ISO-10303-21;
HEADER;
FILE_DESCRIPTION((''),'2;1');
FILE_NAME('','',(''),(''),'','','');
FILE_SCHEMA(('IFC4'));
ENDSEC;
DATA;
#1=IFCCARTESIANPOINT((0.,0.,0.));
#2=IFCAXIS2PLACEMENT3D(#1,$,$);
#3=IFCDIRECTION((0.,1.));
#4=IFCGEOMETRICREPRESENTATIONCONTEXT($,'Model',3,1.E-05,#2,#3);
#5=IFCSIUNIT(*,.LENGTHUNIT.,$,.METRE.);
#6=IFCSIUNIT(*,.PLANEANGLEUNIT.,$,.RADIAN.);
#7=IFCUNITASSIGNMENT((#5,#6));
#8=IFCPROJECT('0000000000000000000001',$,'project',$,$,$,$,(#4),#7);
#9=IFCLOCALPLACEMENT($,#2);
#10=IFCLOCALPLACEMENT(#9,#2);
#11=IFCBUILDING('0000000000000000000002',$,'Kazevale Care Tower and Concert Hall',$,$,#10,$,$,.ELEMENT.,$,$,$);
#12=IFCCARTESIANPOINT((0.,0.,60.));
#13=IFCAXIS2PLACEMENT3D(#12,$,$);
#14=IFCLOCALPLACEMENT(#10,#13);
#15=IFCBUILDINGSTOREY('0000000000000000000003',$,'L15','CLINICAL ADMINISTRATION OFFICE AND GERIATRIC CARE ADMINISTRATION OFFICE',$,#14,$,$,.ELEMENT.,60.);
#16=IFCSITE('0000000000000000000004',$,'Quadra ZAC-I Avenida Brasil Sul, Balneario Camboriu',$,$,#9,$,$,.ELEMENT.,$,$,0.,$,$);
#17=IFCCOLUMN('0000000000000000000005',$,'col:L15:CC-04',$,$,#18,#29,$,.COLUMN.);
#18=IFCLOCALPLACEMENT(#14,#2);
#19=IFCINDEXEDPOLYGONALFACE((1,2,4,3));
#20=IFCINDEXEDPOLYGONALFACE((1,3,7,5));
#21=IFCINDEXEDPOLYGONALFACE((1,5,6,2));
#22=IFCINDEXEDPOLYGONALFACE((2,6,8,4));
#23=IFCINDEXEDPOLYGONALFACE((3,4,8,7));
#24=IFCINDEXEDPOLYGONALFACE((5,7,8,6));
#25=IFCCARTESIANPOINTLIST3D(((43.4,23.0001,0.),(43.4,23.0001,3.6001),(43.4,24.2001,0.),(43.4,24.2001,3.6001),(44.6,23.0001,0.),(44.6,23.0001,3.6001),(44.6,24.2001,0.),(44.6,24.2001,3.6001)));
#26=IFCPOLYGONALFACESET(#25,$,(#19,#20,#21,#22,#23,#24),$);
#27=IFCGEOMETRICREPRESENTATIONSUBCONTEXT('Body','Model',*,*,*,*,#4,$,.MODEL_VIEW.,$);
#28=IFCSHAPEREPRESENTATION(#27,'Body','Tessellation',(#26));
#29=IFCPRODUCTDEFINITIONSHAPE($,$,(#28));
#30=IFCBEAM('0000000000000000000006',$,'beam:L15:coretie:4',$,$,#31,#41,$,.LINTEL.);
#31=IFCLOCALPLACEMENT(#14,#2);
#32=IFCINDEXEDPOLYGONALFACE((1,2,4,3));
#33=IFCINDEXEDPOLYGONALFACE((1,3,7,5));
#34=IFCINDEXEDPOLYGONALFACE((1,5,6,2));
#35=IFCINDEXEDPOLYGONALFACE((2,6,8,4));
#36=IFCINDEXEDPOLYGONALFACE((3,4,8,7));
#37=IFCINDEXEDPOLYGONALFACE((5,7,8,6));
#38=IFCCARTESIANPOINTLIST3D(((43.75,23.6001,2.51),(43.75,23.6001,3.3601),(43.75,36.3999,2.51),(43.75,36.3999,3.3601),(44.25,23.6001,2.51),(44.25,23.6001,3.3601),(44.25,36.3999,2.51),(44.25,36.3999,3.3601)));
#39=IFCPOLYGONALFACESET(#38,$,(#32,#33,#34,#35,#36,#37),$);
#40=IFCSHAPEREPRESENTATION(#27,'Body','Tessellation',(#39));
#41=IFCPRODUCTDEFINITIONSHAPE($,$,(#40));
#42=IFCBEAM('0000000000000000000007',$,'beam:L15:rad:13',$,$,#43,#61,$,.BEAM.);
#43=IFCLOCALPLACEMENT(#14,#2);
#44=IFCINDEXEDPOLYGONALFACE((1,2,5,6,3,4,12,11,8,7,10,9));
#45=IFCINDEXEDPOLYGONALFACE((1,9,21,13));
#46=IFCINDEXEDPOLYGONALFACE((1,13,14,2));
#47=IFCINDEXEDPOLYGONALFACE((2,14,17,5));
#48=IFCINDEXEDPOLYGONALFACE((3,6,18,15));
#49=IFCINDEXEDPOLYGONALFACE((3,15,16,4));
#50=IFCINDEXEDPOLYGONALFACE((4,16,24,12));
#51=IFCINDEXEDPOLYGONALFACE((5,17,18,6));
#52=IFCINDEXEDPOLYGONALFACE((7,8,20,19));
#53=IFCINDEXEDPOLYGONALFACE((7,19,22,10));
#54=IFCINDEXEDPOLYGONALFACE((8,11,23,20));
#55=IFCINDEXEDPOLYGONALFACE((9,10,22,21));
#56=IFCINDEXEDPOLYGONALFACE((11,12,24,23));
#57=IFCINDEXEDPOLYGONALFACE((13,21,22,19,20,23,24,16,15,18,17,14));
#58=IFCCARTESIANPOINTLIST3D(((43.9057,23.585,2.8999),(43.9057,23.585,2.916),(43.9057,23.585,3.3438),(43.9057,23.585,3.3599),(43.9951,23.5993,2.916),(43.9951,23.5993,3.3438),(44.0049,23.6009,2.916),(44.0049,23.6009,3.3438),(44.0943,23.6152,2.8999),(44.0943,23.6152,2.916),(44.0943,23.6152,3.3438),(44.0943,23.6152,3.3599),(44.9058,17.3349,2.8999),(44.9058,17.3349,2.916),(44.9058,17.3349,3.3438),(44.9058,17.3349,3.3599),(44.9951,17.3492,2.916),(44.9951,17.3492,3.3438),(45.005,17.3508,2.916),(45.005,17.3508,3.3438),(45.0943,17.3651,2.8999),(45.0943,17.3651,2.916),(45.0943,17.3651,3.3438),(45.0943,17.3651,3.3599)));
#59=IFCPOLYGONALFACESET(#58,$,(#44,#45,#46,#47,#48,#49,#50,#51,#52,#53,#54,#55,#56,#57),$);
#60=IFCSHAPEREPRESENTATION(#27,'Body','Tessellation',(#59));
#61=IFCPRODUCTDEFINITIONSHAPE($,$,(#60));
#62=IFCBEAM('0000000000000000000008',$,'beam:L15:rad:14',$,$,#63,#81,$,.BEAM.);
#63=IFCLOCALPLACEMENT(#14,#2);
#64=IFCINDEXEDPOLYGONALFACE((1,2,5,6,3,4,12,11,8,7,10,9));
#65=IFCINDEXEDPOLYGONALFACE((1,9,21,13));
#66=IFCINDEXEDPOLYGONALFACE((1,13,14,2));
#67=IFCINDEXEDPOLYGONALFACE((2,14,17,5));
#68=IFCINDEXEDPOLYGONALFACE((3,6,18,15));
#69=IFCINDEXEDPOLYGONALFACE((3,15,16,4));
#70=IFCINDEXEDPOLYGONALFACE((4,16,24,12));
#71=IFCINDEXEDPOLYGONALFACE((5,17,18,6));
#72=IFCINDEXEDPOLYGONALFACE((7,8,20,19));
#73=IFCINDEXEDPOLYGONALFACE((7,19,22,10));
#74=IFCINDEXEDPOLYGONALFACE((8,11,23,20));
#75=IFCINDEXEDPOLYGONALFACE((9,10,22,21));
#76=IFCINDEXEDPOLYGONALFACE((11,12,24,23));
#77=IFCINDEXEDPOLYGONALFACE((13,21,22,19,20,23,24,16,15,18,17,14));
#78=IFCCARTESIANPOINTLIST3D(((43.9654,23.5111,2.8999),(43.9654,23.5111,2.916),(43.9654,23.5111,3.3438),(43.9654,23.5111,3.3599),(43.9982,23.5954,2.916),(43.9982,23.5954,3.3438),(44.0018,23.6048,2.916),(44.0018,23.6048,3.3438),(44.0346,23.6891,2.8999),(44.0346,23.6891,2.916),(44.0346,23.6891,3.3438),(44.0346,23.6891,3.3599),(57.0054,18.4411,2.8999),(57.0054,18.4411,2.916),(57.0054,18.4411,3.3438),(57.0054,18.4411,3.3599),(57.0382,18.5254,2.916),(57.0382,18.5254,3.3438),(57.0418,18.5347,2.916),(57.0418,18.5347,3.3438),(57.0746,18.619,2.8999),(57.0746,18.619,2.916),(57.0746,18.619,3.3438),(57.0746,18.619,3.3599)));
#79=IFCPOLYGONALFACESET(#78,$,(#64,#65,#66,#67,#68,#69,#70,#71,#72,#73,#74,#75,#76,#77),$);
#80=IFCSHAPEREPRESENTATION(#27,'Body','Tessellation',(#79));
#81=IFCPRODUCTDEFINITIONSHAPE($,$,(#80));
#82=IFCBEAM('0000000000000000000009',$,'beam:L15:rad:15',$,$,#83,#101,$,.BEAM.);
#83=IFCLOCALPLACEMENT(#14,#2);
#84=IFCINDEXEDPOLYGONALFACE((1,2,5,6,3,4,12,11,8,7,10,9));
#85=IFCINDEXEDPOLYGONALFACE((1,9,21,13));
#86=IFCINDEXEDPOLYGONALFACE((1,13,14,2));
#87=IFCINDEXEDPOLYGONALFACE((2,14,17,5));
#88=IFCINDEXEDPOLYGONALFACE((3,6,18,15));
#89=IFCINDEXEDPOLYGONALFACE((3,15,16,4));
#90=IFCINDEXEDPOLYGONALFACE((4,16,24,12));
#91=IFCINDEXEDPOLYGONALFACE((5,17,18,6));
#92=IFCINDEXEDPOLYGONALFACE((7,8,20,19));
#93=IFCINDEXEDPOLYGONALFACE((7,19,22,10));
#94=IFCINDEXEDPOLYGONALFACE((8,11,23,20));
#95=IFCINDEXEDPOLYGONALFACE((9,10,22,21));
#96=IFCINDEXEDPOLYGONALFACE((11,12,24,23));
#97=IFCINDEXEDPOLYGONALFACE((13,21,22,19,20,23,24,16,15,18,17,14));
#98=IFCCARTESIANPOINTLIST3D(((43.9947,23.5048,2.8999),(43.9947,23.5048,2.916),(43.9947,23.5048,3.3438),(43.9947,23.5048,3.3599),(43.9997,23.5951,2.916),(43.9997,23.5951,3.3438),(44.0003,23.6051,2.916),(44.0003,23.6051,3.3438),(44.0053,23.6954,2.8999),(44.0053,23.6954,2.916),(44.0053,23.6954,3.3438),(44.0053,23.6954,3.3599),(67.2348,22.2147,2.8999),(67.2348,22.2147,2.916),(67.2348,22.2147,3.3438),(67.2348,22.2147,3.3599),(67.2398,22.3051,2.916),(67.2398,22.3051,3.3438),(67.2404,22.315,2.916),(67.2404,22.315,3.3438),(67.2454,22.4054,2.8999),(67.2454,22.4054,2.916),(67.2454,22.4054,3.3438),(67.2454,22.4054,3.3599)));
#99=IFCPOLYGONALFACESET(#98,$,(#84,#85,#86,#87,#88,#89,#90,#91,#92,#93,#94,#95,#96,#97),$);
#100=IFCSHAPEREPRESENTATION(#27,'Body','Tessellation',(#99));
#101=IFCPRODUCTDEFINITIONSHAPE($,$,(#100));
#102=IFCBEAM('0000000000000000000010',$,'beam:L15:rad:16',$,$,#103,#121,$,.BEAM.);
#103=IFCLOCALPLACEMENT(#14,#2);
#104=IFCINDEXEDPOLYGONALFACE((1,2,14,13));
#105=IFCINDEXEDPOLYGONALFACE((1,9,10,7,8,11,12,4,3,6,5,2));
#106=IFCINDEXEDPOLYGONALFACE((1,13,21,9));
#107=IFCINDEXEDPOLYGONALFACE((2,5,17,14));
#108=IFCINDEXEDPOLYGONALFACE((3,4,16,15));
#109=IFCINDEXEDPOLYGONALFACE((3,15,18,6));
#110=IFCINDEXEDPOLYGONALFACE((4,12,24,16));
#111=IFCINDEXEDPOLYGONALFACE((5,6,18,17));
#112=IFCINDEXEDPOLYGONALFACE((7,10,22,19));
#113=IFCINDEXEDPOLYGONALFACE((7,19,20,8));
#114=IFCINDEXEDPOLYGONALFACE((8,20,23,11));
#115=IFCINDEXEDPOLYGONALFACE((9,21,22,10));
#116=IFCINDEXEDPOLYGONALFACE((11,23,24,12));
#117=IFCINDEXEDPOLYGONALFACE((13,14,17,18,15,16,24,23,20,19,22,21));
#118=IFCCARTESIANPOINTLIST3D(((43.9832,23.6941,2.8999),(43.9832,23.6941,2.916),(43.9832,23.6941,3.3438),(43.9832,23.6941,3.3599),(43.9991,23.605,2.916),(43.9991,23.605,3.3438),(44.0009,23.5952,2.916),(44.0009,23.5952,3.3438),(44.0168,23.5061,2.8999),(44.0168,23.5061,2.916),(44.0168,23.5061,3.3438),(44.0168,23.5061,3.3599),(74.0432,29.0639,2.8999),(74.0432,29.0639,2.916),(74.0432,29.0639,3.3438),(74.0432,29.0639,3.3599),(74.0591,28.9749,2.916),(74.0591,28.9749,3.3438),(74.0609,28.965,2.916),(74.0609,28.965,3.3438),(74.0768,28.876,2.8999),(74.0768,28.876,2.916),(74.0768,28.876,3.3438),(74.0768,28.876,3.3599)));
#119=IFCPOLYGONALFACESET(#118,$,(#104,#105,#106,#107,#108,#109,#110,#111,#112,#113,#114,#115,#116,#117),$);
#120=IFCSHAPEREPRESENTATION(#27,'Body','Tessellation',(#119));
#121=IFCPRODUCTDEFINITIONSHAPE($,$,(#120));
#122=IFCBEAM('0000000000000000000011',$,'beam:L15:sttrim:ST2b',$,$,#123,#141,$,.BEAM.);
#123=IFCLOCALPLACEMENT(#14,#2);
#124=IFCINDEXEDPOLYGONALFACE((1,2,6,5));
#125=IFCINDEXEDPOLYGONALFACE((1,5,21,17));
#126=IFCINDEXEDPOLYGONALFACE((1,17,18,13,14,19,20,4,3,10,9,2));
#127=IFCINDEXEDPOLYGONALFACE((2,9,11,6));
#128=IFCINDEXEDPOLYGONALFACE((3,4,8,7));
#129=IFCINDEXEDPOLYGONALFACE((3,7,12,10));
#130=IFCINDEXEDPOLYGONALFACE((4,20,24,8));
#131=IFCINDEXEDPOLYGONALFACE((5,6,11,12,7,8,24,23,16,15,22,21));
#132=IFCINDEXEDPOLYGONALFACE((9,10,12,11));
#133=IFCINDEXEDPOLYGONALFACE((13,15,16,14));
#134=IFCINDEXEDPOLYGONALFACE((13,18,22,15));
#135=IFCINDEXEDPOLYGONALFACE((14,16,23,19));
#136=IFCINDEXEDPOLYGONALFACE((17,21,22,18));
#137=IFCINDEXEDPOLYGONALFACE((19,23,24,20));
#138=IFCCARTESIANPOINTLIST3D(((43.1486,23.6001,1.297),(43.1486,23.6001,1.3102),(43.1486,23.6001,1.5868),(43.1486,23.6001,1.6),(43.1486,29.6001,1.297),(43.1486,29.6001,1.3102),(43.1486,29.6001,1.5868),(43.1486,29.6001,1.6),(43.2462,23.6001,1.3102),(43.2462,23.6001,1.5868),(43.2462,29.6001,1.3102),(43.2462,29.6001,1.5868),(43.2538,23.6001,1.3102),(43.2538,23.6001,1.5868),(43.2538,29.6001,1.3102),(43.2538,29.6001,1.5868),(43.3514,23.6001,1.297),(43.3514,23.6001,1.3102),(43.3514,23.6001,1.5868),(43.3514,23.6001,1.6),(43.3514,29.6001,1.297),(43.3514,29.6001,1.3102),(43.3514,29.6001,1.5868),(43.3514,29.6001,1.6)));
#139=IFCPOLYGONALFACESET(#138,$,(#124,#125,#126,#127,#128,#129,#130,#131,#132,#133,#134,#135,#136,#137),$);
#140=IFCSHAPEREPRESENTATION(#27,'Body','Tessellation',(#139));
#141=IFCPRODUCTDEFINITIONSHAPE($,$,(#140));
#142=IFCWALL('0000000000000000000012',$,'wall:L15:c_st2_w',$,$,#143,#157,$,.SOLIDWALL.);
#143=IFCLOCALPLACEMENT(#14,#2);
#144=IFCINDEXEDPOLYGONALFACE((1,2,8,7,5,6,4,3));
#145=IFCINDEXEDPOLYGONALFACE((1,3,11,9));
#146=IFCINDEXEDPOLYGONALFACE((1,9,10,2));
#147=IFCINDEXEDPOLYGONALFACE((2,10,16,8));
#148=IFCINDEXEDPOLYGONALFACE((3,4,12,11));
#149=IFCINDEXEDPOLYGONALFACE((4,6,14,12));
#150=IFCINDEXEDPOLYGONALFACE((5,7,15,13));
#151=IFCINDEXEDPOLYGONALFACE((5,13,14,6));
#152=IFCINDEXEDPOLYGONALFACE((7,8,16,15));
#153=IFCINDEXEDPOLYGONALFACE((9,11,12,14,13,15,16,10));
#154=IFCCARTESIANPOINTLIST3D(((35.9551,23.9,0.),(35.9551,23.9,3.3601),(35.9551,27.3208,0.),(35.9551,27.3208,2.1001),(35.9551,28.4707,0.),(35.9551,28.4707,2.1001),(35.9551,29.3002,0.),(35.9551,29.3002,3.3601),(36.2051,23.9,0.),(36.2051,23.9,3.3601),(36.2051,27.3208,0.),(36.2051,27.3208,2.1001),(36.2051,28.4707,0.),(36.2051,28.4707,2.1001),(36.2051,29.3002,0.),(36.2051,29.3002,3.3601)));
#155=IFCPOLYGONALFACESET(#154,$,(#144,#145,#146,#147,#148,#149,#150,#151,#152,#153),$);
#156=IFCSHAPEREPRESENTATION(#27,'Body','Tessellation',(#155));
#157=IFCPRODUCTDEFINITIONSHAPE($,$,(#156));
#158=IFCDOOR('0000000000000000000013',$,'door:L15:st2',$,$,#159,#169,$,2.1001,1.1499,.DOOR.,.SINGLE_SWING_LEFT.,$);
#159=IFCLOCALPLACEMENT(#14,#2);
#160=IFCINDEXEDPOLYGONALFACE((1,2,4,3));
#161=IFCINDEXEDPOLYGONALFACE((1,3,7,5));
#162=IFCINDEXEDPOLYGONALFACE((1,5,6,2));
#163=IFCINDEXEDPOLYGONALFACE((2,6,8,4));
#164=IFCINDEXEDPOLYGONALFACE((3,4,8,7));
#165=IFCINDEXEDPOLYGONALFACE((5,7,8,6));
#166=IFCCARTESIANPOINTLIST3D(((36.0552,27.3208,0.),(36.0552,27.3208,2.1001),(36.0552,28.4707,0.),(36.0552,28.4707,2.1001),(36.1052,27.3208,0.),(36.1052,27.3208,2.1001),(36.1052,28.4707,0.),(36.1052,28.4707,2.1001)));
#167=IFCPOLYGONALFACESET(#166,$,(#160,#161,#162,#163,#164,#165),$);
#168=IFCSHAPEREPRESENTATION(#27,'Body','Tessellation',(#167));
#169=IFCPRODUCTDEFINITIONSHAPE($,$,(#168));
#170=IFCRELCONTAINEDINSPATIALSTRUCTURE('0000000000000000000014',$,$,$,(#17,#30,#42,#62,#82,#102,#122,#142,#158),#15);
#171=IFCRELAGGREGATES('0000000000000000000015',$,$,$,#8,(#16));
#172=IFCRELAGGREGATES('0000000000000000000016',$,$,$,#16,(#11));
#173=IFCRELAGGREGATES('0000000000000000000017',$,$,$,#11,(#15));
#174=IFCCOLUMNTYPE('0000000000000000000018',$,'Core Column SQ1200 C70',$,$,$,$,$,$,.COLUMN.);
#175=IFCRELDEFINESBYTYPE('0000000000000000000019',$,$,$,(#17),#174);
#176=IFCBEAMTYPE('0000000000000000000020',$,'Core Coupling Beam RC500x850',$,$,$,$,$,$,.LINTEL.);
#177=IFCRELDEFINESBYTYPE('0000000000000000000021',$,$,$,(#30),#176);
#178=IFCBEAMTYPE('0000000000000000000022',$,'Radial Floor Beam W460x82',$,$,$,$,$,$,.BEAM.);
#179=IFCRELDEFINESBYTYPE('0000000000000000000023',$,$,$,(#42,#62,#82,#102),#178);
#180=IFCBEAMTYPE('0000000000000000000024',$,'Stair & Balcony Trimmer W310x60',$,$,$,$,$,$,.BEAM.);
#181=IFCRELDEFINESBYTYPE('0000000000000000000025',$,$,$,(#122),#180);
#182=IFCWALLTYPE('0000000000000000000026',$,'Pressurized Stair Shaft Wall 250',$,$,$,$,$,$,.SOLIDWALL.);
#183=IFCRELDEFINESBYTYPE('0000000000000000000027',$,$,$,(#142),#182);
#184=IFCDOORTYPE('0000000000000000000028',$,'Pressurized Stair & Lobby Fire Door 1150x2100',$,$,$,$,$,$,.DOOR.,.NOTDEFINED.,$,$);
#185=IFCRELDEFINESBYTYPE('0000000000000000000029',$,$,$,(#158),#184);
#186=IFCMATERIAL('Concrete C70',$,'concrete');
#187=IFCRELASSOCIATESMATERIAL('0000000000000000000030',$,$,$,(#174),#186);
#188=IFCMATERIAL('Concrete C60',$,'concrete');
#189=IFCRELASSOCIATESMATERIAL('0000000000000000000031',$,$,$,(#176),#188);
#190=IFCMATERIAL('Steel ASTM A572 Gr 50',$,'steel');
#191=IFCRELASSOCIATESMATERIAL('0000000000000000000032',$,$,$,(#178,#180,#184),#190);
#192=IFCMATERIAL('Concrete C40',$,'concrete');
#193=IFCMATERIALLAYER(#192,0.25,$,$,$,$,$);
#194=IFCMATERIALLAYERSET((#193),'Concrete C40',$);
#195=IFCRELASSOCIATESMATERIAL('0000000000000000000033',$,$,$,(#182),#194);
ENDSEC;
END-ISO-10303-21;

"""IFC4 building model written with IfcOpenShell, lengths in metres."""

from ifc_helpers import new_model, si_unit, direction, frame, frame_2d, origin, origin_2d, place, context, subcontext, project, spatial, rectangle, i_section, extrude, material, layer, layer_set, material_profile, profile_set, type_object, element, fill, save


model = new_model("IFC4")

# Units and contexts
model_context = context("Model", 3, precision=1e-05, world=origin(), true_north=direction((0.0, 1.0)))
body_context = subcontext(model_context, "Body", "Model", "MODEL_VIEW")
ifc_project = project(units=[si_unit("LENGTHUNIT", "METRE"), si_unit("PLANEANGLEUNIT", "RADIAN")], contexts=[model_context])

# Site, building, storey
site_placement = place(None, origin())
site = spatial("IfcSite", under=ifc_project, at=site_placement, Name="Quadra ZAC-I Avenida Brasil Sul, Balneario Camboriu", CompositionType="ELEMENT", RefElevation=0.0)
building_placement = place(site_placement, origin())
building = spatial("IfcBuilding", under=site, at=building_placement, Name="Kazevale Care Tower and Concert Hall", CompositionType="ELEMENT")
storey_placement = place(building_placement, frame((0.0, 0.0, 60.0)))
storey = spatial("IfcBuildingStorey", under=building, at=storey_placement, Name="L15", Description="CLINICAL ADMINISTRATION OFFICE AND GERIATRIC CARE ADMINISTRATION OFFICE", CompositionType="ELEMENT", Elevation=60.0)

# Column
ifc_material_1 = material(Name="Concrete C70", Category="concrete")
ifc_material_profile_1 = material_profile(ifc_material_1, rectangle(XDim=1.2, YDim=1.2, at=origin_2d()), Name="RC-SQ1200")
ifc_profile_set_1 = profile_set([ifc_material_profile_1], Name="Concrete C70")
column_type = type_object("IfcColumnType", Name="Core Column SQ1200 C70", PredefinedType="COLUMN", material=ifc_profile_set_1)
column_placement = place(storey_placement, frame((44.0, 23.6001, 0.0), z_axis=(0.0, 0.0, 1.0), x_axis=(1.0, 0.0, 0.0)))
element("IfcColumn", 1, at=column_placement, inside=storey, type_object=column_type, Name="col:L15:CC-04", PredefinedType="COLUMN", context=body_context, shape_type="SweptSolid", body=[
    extrude(rectangle(XDim=1.2, YDim=1.2, at=origin_2d()), origin(), (0.0, 0.0, 1.0), 3.6001),
])

# Beams
ifc_material_2 = material(Name="Concrete C60", Category="concrete")
ifc_material_profile_2 = material_profile(ifc_material_2, rectangle(XDim=0.5, YDim=0.8501, at=origin_2d()), Name="RC-B500x850")
ifc_profile_set_2 = profile_set([ifc_material_profile_2], Name="Concrete C60")
beam_type_1 = type_object("IfcBeamType", Name="Core Coupling Beam RC500x850", PredefinedType="LINTEL", material=ifc_profile_set_2)
beam_1_placement = place(storey_placement, frame((44.0, 23.6001, 2.9351), z_axis=(0.0, 1.0, 0.0), x_axis=(-1.0, 0.0, 0.0)))
element("IfcBeam", 2, at=beam_1_placement, inside=storey, type_object=beam_type_1, Name="beam:L15:coretie:4", PredefinedType="LINTEL", context=body_context, shape_type="SweptSolid", body=[
    extrude(rectangle(XDim=0.5, YDim=0.8501, at=origin_2d()), origin(), (0.0, 0.0, 1.0), 12.7998),
])
ifc_material_3 = material(Name="Steel ASTM A572 Gr 50", Category="steel")
ifc_material_profile_3 = material_profile(ifc_material_3, i_section(OverallWidth=0.1909, OverallDepth=0.46, WebThickness=0.01, FlangeThickness=0.0161, at=origin_2d()), Name="W460x82")
ifc_profile_set_3 = profile_set([ifc_material_profile_3], Name="Steel ASTM A572 Gr 50")
beam_type_2 = type_object("IfcBeamType", Name="Radial Floor Beam W460x82", PredefinedType="BEAM", material=ifc_profile_set_3)
beam_2_placement = place(storey_placement, frame((44.0, 23.6001, 3.1299), z_axis=(0.157991, -0.987441, 0.0), x_axis=(0.987441, 0.157991, 0.0)))
element("IfcBeam", 3, at=beam_2_placement, inside=storey, type_object=beam_type_2, Name="beam:L15:rad:13", PredefinedType="BEAM", context=body_context, shape_type="SweptSolid", body=[
    extrude(i_section(OverallWidth=0.1909, OverallDepth=0.46, WebThickness=0.01, FlangeThickness=0.0161, at=origin_2d()), origin(), (0.0, 0.0, 1.0), 6.3296),
])
beam_3_placement = place(storey_placement, frame((44.0, 23.6001, 3.1299), z_axis=(0.93203, -0.362381, 0.0), x_axis=(0.362381, 0.93203, 0.0)))
element("IfcBeam", 4, at=beam_3_placement, inside=storey, type_object=beam_type_2, Name="beam:L15:rad:14", PredefinedType="BEAM", context=body_context, shape_type="SweptSolid", body=[
    extrude(i_section(OverallWidth=0.1909, OverallDepth=0.46, WebThickness=0.01, FlangeThickness=0.0161, at=origin_2d()), origin(), (0.0, 0.0, 1.0), 13.991),
])
beam_4_placement = place(storey_placement, frame((44.0, 23.6001, 3.1299), z_axis=(0.998463, -0.055424, 0.0), x_axis=(0.055424, 0.998463, 0.0)))
element("IfcBeam", 5, at=beam_4_placement, inside=storey, type_object=beam_type_2, Name="beam:L15:rad:15", PredefinedType="BEAM", context=body_context, shape_type="SweptSolid", body=[
    extrude(i_section(OverallWidth=0.1909, OverallDepth=0.46, WebThickness=0.01, FlangeThickness=0.0161, at=origin_2d()), origin(), (0.0, 0.0, 1.0), 23.2759),
])
beam_5_placement = place(storey_placement, frame((44.0, 23.6001, 3.1299), z_axis=(0.984416, 0.175854, 0.0), x_axis=(-0.175854, 0.984416, 0.0)))
element("IfcBeam", 6, at=beam_5_placement, inside=storey, type_object=beam_type_2, Name="beam:L15:rad:16", PredefinedType="BEAM", context=body_context, shape_type="SweptSolid", body=[
    extrude(i_section(OverallWidth=0.1909, OverallDepth=0.46, WebThickness=0.01, FlangeThickness=0.0161, at=origin_2d()), origin(), (0.0, 0.0, 1.0), 30.5359),
])
ifc_material_profile_4 = material_profile(ifc_material_3, i_section(OverallWidth=0.2029, OverallDepth=0.303, WebThickness=0.0076, FlangeThickness=0.0132, at=origin_2d()), Name="W310x60")
ifc_profile_set_4 = profile_set([ifc_material_profile_4], Name="Steel ASTM A572 Gr 50")
beam_type_3 = type_object("IfcBeamType", Name="Stair & Balcony Trimmer W310x60", PredefinedType="BEAM", material=ifc_profile_set_4)
beam_6_placement = place(storey_placement, frame((43.25, 23.6001, 1.4485), z_axis=(0.0, 1.0, 0.0), x_axis=(-1.0, 0.0, 0.0)))
element("IfcBeam", 7, at=beam_6_placement, inside=storey, type_object=beam_type_3, Name="beam:L15:sttrim:ST2b", PredefinedType="BEAM", context=body_context, shape_type="SweptSolid", body=[
    extrude(i_section(OverallWidth=0.2029, OverallDepth=0.303, WebThickness=0.0076, FlangeThickness=0.0132, at=origin_2d()), origin(), (0.0, 0.0, 1.0), 6.0),
])

# Wall, opening, door
ifc_material_4 = material(Name="Concrete C40", Category="concrete")
ifc_layer_1 = layer(ifc_material_4, 0.25)
ifc_layer_set_1 = layer_set([ifc_layer_1], Name="Concrete C40")
wall_type_1 = type_object("IfcWallType", Name="Pressurized Stair Shaft Wall 250", PredefinedType="SOLIDWALL", material=ifc_layer_set_1)
wall_1_placement = place(storey_placement, frame((36.0801, 23.8999, 0.0), z_axis=(0.0, 0.0, 1.0), x_axis=(0.0, 1.0, 0.0)))
wall_1 = element("IfcWall", 8, at=wall_1_placement, inside=storey, type_object=wall_type_1, Name="wall:L15:c_st2_w", PredefinedType="SOLIDWALL", context=body_context, shape_type="SweptSolid", body=[
    extrude(rectangle(XDim=5.4001, YDim=0.25, at=frame_2d((2.7002, 0.0))), origin(), (0.0, 0.0, 1.0), 3.3601),
])
opening_1_placement = place(wall_1_placement, frame((3.4209, 0.0, 0.0)))
opening_1 = element("IfcOpeningElement", 9, at=opening_1_placement, cuts=wall_1, PredefinedType="OPENING", context=body_context, shape_type="SweptSolid", body=[
    extrude(rectangle(XDim=1.1499, YDim=2.1001, at=frame_2d((0.575, 1.05))), frame((0.0, 0.135, 0.0), z_axis=(0.0, -1.0, 0.0), x_axis=(1.0, 0.0, 0.0)), (0.0, 0.0, 1.0), 0.27),
])
door_type_1 = type_object("IfcDoorType", Name="Pressurized Stair & Lobby Fire Door 1150x2100", OperationType="NOTDEFINED", PredefinedType="DOOR", material=ifc_material_3)
door_1_placement = place(opening_1_placement, origin())
door_1 = element("IfcDoor", 10, at=door_1_placement, inside=storey, type_object=door_type_1, Name="door:L15:st2", OperationType="SINGLE_SWING_LEFT", OverallHeight=2.1001, OverallWidth=1.1499, PredefinedType="DOOR", context=body_context, shape_type="SweptSolid", body=[
    extrude(rectangle(XDim=1.1499, YDim=2.1001, at=frame_2d((0.575, 1.05))), frame((0.0, 0.0249, 0.0), z_axis=(0.0, -1.0, 0.0), x_axis=(1.0, 0.0, 0.0)), (0.0, 0.0, 1.0), 0.05),
])
fill(opening_1, door_1)

save(model, "model.ifc")
